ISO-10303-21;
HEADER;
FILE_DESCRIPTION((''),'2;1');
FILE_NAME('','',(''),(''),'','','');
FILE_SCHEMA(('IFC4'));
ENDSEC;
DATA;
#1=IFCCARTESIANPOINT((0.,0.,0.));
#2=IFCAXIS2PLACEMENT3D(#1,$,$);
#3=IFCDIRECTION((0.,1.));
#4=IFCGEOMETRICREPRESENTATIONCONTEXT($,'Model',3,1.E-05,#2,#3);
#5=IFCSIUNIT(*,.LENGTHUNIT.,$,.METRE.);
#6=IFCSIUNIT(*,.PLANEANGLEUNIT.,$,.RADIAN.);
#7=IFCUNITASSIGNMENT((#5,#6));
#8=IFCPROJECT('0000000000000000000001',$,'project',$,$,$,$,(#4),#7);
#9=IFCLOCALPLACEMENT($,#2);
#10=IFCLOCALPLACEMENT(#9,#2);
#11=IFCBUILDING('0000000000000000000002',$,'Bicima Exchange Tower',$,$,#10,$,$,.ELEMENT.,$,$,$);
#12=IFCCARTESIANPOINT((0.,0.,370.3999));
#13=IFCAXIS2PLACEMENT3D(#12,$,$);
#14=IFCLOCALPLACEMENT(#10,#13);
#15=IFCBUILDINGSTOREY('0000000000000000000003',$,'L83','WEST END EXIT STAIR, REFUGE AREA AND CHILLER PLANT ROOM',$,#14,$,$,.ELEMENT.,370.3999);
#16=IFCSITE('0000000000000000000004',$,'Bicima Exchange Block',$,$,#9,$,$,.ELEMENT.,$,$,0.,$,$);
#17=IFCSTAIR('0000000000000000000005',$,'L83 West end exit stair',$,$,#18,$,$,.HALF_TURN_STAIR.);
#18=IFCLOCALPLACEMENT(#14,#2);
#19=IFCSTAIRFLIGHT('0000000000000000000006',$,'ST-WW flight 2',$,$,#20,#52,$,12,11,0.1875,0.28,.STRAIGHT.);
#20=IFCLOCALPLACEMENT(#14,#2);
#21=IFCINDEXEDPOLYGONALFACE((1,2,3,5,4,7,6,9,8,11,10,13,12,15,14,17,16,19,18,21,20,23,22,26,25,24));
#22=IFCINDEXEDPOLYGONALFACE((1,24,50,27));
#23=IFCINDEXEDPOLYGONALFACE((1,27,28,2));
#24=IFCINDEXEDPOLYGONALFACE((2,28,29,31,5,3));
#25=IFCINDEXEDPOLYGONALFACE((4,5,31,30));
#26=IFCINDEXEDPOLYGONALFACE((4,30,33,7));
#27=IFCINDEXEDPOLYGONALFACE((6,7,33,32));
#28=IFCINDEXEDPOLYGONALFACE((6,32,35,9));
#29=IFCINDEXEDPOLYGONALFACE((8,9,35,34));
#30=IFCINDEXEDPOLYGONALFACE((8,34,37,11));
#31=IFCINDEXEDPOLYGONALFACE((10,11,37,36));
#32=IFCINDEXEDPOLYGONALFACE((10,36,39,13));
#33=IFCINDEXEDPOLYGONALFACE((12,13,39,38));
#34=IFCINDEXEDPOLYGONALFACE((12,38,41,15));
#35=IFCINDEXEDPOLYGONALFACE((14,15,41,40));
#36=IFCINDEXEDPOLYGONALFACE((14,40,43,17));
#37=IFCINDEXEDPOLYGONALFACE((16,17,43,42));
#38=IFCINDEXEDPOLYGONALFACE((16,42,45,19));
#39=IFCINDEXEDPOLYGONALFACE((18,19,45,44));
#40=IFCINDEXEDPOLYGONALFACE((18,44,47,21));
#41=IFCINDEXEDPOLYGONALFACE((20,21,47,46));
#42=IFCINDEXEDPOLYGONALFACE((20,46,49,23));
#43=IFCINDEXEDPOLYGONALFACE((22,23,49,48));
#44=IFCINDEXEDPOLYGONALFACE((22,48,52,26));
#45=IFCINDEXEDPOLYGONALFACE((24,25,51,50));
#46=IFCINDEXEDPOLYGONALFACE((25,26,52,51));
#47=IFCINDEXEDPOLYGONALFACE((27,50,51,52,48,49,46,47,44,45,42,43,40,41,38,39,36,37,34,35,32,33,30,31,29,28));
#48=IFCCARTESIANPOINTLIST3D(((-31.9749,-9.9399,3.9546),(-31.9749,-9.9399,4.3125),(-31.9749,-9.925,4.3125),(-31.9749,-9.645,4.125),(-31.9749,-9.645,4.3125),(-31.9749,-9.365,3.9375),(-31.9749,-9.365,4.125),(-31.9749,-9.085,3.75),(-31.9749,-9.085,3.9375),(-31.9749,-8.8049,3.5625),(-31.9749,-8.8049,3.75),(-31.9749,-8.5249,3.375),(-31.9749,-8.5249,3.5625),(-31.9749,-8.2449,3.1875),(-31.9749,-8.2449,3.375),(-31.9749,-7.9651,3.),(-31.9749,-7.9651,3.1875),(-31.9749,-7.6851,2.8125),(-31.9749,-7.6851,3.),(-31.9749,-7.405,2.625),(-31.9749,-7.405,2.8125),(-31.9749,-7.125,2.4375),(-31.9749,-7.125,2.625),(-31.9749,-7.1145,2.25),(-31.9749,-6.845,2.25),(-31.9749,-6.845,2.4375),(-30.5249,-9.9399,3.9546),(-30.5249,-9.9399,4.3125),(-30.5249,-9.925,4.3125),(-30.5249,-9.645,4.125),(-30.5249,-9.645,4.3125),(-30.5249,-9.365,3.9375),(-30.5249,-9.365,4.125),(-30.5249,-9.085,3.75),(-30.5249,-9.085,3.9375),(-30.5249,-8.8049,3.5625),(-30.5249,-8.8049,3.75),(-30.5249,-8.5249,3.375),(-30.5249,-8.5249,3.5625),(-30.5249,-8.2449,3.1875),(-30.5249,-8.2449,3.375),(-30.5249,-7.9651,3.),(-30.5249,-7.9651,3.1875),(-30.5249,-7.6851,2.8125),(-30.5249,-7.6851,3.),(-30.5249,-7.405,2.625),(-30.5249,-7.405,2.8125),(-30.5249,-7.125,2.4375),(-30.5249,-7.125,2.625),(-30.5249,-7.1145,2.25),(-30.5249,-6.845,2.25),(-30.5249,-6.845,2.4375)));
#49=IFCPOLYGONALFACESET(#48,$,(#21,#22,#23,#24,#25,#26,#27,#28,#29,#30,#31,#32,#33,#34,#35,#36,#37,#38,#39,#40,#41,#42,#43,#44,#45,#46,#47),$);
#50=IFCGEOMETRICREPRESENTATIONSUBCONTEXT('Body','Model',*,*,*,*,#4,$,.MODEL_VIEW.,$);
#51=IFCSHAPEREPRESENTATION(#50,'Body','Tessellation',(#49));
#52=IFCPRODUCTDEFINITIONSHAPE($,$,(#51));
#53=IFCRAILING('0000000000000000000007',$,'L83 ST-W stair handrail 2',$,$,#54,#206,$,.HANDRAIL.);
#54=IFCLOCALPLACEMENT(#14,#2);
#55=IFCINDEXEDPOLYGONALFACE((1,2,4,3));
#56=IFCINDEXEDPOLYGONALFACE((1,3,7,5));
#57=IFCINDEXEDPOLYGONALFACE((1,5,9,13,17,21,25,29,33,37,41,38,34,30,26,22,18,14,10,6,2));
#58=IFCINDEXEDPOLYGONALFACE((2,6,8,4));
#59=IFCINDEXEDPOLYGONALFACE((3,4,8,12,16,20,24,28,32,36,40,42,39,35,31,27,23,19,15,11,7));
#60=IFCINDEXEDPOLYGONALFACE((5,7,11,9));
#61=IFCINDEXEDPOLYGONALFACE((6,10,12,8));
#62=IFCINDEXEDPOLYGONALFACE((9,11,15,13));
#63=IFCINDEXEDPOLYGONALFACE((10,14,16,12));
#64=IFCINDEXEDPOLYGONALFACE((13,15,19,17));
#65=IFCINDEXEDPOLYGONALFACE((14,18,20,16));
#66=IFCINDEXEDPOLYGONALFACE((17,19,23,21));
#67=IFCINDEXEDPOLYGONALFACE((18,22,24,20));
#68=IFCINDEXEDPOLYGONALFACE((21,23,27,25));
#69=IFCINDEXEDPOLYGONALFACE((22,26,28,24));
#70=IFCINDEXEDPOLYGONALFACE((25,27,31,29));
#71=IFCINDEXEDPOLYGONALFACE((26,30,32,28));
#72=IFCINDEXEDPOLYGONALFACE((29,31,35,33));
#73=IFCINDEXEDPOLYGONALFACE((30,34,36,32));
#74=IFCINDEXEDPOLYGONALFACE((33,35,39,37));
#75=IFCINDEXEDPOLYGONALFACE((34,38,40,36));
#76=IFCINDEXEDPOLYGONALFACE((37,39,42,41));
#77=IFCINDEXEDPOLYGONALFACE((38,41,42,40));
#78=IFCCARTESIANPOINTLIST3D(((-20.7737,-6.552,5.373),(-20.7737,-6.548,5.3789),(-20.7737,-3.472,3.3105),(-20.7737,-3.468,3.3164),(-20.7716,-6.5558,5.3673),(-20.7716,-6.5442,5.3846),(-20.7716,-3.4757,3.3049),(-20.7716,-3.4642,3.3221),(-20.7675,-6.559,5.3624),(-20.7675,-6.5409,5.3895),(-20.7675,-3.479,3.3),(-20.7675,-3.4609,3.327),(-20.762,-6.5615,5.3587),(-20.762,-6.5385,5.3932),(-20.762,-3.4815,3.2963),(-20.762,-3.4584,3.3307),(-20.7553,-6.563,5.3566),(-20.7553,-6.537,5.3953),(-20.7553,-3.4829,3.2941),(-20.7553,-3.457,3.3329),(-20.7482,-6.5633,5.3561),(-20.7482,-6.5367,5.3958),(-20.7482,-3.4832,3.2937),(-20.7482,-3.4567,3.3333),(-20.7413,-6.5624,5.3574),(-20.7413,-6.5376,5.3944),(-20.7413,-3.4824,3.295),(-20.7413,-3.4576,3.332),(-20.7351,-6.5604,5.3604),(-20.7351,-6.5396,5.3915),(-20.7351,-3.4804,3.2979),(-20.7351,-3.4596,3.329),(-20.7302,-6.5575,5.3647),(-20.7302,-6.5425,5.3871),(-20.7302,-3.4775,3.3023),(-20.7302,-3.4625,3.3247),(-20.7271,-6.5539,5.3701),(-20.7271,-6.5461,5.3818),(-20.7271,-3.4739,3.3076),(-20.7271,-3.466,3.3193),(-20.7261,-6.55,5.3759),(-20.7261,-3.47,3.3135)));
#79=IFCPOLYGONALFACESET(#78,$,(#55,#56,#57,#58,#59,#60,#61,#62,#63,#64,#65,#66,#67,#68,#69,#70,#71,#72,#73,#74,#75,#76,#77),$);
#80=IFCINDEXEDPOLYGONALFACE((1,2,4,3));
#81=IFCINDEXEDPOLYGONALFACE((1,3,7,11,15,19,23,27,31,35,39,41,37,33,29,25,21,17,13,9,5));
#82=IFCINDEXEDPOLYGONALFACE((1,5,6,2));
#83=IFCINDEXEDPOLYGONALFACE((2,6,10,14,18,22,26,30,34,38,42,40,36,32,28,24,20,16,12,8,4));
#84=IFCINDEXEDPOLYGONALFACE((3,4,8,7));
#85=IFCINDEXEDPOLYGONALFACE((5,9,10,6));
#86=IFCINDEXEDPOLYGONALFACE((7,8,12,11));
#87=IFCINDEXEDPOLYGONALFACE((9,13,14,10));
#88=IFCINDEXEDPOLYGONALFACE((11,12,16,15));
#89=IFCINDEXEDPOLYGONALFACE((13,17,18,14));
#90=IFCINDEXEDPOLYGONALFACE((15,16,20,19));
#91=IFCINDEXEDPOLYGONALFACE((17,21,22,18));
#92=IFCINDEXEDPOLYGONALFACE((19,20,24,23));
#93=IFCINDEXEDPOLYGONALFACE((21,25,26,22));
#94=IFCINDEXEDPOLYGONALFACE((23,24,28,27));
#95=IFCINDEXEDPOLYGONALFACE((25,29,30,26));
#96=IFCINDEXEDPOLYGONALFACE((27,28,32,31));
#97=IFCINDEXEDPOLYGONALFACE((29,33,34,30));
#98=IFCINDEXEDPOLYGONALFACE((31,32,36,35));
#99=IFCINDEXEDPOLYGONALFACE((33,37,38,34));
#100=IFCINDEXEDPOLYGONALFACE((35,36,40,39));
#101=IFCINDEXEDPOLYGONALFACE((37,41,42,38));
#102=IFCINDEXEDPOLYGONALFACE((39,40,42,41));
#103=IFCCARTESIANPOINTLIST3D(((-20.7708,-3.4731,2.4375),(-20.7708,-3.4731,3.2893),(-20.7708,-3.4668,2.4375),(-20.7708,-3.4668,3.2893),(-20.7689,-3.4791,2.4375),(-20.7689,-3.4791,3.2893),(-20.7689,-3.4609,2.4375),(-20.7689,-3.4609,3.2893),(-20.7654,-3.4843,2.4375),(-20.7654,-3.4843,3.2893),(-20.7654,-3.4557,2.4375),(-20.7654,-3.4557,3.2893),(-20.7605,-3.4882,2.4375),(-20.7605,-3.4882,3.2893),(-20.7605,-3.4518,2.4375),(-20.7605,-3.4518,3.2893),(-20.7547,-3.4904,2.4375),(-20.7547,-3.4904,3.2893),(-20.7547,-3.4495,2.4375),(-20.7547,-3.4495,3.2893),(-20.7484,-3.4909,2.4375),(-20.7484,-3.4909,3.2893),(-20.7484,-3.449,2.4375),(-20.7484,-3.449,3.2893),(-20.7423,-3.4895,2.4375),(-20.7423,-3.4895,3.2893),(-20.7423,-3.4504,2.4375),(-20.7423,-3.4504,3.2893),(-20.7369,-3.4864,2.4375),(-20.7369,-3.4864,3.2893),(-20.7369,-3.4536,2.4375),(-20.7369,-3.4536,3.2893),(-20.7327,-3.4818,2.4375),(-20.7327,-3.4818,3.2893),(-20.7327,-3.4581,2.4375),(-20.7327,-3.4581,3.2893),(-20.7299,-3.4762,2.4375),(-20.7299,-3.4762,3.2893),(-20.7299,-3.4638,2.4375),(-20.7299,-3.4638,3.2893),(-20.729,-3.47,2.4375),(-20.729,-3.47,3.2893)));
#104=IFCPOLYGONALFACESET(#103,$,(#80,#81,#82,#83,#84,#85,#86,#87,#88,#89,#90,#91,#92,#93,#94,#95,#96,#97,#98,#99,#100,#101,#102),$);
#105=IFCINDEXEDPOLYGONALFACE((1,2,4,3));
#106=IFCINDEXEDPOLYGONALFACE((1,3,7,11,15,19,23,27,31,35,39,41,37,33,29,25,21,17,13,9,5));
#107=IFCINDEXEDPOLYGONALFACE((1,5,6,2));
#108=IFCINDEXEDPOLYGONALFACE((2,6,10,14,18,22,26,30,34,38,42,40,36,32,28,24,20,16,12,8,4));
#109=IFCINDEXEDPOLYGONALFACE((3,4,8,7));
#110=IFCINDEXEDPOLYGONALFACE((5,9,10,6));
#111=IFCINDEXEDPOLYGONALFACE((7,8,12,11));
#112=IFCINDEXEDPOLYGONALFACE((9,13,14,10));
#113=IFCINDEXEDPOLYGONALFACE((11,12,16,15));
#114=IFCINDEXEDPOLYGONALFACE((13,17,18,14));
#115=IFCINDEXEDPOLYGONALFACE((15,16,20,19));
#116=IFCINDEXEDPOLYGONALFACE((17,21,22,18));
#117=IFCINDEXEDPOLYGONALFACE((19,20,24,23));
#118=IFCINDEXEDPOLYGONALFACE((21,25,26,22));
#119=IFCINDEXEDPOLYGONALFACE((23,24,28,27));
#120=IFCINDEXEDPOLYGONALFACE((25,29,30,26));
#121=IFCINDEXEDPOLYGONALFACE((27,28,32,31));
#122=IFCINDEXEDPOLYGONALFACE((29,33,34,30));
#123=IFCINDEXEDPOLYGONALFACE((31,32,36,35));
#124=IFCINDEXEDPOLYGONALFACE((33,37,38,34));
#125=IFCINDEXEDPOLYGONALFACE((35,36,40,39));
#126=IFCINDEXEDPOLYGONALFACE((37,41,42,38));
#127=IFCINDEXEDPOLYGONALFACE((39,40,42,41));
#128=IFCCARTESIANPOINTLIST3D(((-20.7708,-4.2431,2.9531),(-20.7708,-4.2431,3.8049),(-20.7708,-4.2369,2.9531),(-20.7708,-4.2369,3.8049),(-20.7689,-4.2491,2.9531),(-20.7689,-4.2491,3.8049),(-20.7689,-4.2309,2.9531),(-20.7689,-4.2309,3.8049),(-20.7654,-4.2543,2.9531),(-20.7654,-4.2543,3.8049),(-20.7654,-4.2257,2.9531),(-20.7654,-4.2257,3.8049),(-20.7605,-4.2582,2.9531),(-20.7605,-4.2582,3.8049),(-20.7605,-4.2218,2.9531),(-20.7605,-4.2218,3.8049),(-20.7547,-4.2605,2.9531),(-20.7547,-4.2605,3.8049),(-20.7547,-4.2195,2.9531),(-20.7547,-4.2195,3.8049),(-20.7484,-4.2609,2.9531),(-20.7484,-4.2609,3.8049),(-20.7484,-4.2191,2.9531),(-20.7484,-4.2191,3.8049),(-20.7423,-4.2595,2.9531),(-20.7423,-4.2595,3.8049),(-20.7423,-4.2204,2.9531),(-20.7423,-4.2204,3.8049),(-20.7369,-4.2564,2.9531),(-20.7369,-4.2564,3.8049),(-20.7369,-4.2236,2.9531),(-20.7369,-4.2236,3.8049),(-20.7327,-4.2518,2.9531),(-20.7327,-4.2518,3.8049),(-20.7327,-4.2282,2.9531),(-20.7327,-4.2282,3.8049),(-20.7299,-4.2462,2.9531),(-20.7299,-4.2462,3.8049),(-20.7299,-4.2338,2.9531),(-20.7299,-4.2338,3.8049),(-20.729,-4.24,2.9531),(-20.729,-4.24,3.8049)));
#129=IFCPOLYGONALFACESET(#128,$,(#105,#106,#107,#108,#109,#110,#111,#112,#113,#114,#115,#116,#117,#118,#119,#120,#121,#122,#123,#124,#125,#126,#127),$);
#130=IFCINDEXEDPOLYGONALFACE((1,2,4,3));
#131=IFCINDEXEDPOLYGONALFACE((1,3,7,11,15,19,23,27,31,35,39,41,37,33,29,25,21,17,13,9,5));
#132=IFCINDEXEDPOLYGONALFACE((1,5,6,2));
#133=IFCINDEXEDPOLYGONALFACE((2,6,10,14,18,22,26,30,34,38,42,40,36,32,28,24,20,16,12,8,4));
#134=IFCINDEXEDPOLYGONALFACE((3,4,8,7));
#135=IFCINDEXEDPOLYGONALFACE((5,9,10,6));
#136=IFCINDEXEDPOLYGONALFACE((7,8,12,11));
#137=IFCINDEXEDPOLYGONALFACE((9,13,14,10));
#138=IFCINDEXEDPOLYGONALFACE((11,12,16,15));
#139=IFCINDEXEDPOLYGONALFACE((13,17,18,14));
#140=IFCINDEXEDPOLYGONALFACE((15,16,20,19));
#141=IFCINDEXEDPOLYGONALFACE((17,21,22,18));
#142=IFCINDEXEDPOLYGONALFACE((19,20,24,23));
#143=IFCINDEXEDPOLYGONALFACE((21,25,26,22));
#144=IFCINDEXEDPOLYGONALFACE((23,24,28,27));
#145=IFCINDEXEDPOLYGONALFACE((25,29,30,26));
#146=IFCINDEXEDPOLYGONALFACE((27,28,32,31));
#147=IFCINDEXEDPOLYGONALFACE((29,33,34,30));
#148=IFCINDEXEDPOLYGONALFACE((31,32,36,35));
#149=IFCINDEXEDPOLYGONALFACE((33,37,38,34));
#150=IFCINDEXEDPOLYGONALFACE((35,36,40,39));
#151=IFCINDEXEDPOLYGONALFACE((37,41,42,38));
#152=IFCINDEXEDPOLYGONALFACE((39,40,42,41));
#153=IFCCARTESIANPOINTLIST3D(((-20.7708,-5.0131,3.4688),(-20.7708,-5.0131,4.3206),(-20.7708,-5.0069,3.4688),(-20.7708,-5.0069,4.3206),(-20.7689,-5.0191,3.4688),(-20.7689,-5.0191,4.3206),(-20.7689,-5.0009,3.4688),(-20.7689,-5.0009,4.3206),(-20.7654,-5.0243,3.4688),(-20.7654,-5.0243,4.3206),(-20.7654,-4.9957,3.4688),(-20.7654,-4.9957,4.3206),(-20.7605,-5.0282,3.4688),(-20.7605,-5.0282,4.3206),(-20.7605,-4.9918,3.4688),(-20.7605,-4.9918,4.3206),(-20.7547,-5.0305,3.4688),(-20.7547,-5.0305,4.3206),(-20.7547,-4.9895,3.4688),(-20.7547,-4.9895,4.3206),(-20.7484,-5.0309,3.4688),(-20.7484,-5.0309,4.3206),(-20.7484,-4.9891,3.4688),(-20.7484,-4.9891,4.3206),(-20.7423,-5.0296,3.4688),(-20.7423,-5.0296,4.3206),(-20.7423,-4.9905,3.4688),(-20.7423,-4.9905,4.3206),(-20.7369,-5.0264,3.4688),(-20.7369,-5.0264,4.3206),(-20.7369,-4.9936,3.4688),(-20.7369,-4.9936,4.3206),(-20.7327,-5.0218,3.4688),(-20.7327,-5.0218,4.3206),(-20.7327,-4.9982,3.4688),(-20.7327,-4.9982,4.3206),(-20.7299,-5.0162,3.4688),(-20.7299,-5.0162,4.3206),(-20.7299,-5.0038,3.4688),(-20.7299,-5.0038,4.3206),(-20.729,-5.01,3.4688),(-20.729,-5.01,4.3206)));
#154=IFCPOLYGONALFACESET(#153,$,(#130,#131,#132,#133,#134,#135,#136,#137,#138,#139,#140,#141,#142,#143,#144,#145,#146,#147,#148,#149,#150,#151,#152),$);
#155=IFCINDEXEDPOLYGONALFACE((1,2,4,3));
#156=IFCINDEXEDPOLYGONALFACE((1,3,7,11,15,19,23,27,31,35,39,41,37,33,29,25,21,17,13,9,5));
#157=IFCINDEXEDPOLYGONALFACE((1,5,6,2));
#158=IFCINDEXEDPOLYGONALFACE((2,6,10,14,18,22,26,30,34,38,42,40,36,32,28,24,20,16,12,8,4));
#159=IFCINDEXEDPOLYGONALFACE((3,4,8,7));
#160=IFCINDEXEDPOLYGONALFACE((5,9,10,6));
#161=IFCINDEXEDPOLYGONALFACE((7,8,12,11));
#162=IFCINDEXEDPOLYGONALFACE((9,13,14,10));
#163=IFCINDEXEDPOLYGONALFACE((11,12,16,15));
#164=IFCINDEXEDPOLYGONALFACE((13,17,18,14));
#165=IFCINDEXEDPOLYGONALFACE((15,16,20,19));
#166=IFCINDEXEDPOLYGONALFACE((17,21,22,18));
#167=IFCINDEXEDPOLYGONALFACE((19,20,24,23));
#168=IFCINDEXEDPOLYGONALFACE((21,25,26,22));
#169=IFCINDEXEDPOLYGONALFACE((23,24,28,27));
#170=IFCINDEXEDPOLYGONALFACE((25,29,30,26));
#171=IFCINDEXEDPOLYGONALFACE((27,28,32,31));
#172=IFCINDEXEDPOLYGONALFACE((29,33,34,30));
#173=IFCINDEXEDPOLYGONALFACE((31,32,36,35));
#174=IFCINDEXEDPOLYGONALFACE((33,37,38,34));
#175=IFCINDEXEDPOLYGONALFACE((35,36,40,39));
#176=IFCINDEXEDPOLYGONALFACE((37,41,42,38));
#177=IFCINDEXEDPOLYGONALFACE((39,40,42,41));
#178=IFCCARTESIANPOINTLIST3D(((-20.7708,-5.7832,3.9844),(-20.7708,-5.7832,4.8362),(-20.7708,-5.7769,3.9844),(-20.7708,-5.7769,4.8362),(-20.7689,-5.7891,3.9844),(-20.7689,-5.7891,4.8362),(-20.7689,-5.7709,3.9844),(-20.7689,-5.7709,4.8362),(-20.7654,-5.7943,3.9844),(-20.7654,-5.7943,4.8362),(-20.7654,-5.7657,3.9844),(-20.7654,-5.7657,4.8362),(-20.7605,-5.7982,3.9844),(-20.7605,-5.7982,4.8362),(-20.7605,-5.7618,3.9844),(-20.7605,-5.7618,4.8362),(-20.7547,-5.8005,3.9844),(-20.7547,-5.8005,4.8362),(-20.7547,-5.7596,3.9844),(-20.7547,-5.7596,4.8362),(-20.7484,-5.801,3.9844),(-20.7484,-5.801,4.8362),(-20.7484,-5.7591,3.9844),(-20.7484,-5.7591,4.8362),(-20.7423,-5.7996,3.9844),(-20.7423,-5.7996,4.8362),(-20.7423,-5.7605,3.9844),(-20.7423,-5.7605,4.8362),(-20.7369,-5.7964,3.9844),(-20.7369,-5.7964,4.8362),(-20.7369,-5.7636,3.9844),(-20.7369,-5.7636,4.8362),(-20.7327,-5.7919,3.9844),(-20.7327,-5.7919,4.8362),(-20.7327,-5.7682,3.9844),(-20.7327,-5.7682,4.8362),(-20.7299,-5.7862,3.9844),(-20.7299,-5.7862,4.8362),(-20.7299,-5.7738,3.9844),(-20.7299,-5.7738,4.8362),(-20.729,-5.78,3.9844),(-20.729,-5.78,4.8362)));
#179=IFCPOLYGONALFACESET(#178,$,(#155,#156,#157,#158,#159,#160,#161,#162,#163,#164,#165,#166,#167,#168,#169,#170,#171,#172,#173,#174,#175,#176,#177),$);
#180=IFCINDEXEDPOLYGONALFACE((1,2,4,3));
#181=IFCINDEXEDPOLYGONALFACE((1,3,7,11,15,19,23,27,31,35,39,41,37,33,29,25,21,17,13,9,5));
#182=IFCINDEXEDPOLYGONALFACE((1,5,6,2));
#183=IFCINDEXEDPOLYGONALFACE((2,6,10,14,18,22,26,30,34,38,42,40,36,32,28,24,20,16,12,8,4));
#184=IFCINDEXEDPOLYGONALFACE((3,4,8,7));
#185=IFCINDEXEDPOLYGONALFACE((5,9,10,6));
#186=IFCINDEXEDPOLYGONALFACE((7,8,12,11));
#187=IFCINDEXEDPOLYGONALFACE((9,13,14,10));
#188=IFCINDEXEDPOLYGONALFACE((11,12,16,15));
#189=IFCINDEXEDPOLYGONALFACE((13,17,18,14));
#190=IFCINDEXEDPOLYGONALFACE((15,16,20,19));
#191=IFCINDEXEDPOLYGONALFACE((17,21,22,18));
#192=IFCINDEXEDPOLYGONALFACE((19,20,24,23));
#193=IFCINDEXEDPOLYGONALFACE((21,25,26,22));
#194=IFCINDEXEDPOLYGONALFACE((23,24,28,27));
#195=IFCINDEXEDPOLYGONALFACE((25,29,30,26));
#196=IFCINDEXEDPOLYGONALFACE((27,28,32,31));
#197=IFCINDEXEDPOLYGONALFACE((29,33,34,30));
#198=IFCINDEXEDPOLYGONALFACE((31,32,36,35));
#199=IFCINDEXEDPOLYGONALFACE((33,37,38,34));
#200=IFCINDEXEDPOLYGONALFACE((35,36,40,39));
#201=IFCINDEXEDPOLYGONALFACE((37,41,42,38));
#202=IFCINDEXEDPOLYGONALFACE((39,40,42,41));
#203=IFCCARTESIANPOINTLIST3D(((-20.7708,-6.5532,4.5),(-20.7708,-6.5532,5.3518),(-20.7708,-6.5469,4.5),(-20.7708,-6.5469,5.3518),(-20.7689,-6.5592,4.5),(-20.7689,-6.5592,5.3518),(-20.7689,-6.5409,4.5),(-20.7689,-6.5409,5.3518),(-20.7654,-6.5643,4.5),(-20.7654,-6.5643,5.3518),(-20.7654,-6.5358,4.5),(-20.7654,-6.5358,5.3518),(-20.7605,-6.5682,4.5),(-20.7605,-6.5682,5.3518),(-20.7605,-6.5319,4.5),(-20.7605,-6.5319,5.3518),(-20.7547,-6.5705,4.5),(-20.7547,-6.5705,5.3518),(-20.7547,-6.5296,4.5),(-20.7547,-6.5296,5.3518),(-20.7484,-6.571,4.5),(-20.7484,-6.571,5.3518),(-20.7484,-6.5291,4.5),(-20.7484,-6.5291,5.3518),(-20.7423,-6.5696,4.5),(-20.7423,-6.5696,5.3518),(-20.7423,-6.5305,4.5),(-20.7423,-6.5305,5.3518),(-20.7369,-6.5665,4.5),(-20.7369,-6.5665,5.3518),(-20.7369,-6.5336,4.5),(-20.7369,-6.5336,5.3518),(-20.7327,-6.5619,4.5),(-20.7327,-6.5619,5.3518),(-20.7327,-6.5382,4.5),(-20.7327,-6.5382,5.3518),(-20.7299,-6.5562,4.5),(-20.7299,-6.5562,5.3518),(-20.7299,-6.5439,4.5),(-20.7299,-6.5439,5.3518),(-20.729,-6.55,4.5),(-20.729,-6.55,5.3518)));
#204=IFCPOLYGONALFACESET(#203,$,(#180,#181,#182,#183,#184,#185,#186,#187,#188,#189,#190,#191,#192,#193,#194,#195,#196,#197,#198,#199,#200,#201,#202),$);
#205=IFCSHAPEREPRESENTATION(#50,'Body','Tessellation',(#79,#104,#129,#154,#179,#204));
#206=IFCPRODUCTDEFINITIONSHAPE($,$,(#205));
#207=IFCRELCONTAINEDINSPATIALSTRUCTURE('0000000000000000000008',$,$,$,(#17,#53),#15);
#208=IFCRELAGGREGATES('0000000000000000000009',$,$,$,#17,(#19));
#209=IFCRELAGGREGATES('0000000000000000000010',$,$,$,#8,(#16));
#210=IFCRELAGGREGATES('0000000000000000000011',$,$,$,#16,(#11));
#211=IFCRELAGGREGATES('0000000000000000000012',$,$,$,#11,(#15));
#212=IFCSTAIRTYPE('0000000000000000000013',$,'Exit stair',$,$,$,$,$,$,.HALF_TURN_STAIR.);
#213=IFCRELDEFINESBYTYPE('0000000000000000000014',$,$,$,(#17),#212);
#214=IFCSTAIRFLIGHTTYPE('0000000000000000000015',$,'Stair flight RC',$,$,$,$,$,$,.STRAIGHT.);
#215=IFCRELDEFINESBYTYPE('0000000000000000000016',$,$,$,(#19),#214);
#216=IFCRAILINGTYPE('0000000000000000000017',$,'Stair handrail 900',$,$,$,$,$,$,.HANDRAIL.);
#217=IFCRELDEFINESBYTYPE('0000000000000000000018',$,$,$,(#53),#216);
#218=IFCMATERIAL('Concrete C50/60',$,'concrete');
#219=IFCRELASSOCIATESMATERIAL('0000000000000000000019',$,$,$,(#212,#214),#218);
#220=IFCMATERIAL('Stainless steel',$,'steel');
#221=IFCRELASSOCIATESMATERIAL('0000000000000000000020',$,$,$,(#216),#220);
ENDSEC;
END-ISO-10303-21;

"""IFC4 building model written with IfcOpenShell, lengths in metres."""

from ifc_helpers import new_model, si_unit, direction, frame, origin, origin_2d, place, context, subcontext, project, spatial, polyline, circle, outline, extrude, material, type_object, element, aggregate, save


model = new_model("IFC4")

# Units and contexts
model_context = context("Model", 3, precision=1e-05, world=origin(), true_north=direction((0.0, 1.0)))
body_context = subcontext(model_context, "Body", "Model", "MODEL_VIEW")
ifc_project = project(units=[si_unit("LENGTHUNIT", "METRE"), si_unit("PLANEANGLEUNIT", "RADIAN")], contexts=[model_context])

# Site, building, storey
site_placement = place(None, origin())
site = spatial("IfcSite", under=ifc_project, at=site_placement, Name="Bicima Exchange Block", CompositionType="ELEMENT", RefElevation=0.0)
building_placement = place(site_placement, origin())
building = spatial("IfcBuilding", under=site, at=building_placement, Name="Bicima Exchange Tower", CompositionType="ELEMENT")
storey_placement = place(building_placement, frame((0.0, 0.0, 370.3999)))
storey = spatial("IfcBuildingStorey", under=building, at=storey_placement, Name="L83", Description="WEST END EXIT STAIR, REFUGE AREA AND CHILLER PLANT ROOM", CompositionType="ELEMENT", Elevation=370.3999)

# Shared definitions
ifc_material_1 = material(Name="Concrete C50/60", Category="concrete")

# Stair, stair flight
stair_type = type_object("IfcStairType", Name="Exit stair", PredefinedType="HALF_TURN_STAIR", material=ifc_material_1)
stair_placement = place(storey_placement, origin())
stair = element("IfcStair", 1, at=stair_placement, inside=storey, type_object=stair_type, Name="L83 West end exit stair", PredefinedType="HALF_TURN_STAIR")
stair_flight_type = type_object("IfcStairFlightType", Name="Stair flight RC", PredefinedType="STRAIGHT", material=ifc_material_1)
stair_flight_1_placement = place(storey_placement, frame((-31.25, -6.845, 2.25), z_axis=(0.0, 0.0, 1.0), x_axis=(0.0, -1.0, 0.0)))
stair_flight_1 = element("IfcStairFlight", 2, at=stair_flight_1_placement, type_object=stair_flight_type, Name="ST-WW flight 2", NumberOfRisers=12, NumberOfTreads=11, PredefinedType="STRAIGHT", RiserHeight=0.1875, TreadLength=0.28, context=body_context, shape_type="SweptSolid", body=[
    extrude(outline(polyline([(0.0, 0.0), (0.0, 0.1875), (0.28, 0.1875), (0.28, 0.375), (0.5601, 0.375), (0.5601, 0.5625), (0.8401, 0.5625), (0.8401, 0.75), (1.1201, 0.75), (1.1201, 0.9375), (1.3999, 0.9375), (1.3999, 1.125), (1.6799, 1.125), (1.6799, 1.3125), (1.96, 1.3125), (1.96, 1.5), (2.24, 1.5), (2.24, 1.6875), (2.52, 1.6875), (2.52, 1.875), (2.8, 1.875), (2.8, 2.0625), (3.0801, 2.0625), (3.095, 2.0625), (3.095, 1.7046), (0.2695, 0.0), (0.0, 0.0)])), frame((0.0, 0.7251, 0.0), z_axis=(0.0, -1.0, 0.0), x_axis=(1.0, 0.0, 0.0)), (0.0, 0.0, 1.0), 1.45),
])
aggregate(stair, [stair_flight_1])

# Railing
ifc_material_2 = material(Name="Stainless steel", Category="steel")
railing_type_1 = type_object("IfcRailingType", Name="Stair handrail 900", PredefinedType="HANDRAIL", material=ifc_material_2)
railing_1_placement = place(storey_placement, frame((-20.75, -3.47, 2.4375)))
element("IfcRailing", 3, at=railing_1_placement, inside=storey, type_object=railing_type_1, Name="L83 ST-W stair handrail 2", PredefinedType="HANDRAIL", context=body_context, shape_type="SweptSolid", body=[
    extrude(circle(Radius=0.0239, at=origin_2d()), frame((0.0, 0.0, 0.876), z_axis=(0.0, -0.830914, 0.556401), x_axis=(1.0, 0.0, 0.0)), (0.0, 0.0, 1.0), 3.7068),
    extrude(circle(Radius=0.021, at=origin_2d()), origin(), (0.0, 0.0, 1.0), 0.8518),
    extrude(circle(Radius=0.021, at=origin_2d()), frame((0.0, -0.77, 0.5156)), (0.0, 0.0, 1.0), 0.8518),
    extrude(circle(Radius=0.021, at=origin_2d()), frame((0.0, -1.54, 1.0312)), (0.0, 0.0, 1.0), 0.8518),
    extrude(circle(Radius=0.021, at=origin_2d()), frame((0.0, -2.3101, 1.5469)), (0.0, 0.0, 1.0), 0.8518),
    extrude(circle(Radius=0.021, at=origin_2d()), frame((0.0, -3.0801, 2.0625)), (0.0, 0.0, 1.0), 0.8518),
])

save(model, "model.ifc")
